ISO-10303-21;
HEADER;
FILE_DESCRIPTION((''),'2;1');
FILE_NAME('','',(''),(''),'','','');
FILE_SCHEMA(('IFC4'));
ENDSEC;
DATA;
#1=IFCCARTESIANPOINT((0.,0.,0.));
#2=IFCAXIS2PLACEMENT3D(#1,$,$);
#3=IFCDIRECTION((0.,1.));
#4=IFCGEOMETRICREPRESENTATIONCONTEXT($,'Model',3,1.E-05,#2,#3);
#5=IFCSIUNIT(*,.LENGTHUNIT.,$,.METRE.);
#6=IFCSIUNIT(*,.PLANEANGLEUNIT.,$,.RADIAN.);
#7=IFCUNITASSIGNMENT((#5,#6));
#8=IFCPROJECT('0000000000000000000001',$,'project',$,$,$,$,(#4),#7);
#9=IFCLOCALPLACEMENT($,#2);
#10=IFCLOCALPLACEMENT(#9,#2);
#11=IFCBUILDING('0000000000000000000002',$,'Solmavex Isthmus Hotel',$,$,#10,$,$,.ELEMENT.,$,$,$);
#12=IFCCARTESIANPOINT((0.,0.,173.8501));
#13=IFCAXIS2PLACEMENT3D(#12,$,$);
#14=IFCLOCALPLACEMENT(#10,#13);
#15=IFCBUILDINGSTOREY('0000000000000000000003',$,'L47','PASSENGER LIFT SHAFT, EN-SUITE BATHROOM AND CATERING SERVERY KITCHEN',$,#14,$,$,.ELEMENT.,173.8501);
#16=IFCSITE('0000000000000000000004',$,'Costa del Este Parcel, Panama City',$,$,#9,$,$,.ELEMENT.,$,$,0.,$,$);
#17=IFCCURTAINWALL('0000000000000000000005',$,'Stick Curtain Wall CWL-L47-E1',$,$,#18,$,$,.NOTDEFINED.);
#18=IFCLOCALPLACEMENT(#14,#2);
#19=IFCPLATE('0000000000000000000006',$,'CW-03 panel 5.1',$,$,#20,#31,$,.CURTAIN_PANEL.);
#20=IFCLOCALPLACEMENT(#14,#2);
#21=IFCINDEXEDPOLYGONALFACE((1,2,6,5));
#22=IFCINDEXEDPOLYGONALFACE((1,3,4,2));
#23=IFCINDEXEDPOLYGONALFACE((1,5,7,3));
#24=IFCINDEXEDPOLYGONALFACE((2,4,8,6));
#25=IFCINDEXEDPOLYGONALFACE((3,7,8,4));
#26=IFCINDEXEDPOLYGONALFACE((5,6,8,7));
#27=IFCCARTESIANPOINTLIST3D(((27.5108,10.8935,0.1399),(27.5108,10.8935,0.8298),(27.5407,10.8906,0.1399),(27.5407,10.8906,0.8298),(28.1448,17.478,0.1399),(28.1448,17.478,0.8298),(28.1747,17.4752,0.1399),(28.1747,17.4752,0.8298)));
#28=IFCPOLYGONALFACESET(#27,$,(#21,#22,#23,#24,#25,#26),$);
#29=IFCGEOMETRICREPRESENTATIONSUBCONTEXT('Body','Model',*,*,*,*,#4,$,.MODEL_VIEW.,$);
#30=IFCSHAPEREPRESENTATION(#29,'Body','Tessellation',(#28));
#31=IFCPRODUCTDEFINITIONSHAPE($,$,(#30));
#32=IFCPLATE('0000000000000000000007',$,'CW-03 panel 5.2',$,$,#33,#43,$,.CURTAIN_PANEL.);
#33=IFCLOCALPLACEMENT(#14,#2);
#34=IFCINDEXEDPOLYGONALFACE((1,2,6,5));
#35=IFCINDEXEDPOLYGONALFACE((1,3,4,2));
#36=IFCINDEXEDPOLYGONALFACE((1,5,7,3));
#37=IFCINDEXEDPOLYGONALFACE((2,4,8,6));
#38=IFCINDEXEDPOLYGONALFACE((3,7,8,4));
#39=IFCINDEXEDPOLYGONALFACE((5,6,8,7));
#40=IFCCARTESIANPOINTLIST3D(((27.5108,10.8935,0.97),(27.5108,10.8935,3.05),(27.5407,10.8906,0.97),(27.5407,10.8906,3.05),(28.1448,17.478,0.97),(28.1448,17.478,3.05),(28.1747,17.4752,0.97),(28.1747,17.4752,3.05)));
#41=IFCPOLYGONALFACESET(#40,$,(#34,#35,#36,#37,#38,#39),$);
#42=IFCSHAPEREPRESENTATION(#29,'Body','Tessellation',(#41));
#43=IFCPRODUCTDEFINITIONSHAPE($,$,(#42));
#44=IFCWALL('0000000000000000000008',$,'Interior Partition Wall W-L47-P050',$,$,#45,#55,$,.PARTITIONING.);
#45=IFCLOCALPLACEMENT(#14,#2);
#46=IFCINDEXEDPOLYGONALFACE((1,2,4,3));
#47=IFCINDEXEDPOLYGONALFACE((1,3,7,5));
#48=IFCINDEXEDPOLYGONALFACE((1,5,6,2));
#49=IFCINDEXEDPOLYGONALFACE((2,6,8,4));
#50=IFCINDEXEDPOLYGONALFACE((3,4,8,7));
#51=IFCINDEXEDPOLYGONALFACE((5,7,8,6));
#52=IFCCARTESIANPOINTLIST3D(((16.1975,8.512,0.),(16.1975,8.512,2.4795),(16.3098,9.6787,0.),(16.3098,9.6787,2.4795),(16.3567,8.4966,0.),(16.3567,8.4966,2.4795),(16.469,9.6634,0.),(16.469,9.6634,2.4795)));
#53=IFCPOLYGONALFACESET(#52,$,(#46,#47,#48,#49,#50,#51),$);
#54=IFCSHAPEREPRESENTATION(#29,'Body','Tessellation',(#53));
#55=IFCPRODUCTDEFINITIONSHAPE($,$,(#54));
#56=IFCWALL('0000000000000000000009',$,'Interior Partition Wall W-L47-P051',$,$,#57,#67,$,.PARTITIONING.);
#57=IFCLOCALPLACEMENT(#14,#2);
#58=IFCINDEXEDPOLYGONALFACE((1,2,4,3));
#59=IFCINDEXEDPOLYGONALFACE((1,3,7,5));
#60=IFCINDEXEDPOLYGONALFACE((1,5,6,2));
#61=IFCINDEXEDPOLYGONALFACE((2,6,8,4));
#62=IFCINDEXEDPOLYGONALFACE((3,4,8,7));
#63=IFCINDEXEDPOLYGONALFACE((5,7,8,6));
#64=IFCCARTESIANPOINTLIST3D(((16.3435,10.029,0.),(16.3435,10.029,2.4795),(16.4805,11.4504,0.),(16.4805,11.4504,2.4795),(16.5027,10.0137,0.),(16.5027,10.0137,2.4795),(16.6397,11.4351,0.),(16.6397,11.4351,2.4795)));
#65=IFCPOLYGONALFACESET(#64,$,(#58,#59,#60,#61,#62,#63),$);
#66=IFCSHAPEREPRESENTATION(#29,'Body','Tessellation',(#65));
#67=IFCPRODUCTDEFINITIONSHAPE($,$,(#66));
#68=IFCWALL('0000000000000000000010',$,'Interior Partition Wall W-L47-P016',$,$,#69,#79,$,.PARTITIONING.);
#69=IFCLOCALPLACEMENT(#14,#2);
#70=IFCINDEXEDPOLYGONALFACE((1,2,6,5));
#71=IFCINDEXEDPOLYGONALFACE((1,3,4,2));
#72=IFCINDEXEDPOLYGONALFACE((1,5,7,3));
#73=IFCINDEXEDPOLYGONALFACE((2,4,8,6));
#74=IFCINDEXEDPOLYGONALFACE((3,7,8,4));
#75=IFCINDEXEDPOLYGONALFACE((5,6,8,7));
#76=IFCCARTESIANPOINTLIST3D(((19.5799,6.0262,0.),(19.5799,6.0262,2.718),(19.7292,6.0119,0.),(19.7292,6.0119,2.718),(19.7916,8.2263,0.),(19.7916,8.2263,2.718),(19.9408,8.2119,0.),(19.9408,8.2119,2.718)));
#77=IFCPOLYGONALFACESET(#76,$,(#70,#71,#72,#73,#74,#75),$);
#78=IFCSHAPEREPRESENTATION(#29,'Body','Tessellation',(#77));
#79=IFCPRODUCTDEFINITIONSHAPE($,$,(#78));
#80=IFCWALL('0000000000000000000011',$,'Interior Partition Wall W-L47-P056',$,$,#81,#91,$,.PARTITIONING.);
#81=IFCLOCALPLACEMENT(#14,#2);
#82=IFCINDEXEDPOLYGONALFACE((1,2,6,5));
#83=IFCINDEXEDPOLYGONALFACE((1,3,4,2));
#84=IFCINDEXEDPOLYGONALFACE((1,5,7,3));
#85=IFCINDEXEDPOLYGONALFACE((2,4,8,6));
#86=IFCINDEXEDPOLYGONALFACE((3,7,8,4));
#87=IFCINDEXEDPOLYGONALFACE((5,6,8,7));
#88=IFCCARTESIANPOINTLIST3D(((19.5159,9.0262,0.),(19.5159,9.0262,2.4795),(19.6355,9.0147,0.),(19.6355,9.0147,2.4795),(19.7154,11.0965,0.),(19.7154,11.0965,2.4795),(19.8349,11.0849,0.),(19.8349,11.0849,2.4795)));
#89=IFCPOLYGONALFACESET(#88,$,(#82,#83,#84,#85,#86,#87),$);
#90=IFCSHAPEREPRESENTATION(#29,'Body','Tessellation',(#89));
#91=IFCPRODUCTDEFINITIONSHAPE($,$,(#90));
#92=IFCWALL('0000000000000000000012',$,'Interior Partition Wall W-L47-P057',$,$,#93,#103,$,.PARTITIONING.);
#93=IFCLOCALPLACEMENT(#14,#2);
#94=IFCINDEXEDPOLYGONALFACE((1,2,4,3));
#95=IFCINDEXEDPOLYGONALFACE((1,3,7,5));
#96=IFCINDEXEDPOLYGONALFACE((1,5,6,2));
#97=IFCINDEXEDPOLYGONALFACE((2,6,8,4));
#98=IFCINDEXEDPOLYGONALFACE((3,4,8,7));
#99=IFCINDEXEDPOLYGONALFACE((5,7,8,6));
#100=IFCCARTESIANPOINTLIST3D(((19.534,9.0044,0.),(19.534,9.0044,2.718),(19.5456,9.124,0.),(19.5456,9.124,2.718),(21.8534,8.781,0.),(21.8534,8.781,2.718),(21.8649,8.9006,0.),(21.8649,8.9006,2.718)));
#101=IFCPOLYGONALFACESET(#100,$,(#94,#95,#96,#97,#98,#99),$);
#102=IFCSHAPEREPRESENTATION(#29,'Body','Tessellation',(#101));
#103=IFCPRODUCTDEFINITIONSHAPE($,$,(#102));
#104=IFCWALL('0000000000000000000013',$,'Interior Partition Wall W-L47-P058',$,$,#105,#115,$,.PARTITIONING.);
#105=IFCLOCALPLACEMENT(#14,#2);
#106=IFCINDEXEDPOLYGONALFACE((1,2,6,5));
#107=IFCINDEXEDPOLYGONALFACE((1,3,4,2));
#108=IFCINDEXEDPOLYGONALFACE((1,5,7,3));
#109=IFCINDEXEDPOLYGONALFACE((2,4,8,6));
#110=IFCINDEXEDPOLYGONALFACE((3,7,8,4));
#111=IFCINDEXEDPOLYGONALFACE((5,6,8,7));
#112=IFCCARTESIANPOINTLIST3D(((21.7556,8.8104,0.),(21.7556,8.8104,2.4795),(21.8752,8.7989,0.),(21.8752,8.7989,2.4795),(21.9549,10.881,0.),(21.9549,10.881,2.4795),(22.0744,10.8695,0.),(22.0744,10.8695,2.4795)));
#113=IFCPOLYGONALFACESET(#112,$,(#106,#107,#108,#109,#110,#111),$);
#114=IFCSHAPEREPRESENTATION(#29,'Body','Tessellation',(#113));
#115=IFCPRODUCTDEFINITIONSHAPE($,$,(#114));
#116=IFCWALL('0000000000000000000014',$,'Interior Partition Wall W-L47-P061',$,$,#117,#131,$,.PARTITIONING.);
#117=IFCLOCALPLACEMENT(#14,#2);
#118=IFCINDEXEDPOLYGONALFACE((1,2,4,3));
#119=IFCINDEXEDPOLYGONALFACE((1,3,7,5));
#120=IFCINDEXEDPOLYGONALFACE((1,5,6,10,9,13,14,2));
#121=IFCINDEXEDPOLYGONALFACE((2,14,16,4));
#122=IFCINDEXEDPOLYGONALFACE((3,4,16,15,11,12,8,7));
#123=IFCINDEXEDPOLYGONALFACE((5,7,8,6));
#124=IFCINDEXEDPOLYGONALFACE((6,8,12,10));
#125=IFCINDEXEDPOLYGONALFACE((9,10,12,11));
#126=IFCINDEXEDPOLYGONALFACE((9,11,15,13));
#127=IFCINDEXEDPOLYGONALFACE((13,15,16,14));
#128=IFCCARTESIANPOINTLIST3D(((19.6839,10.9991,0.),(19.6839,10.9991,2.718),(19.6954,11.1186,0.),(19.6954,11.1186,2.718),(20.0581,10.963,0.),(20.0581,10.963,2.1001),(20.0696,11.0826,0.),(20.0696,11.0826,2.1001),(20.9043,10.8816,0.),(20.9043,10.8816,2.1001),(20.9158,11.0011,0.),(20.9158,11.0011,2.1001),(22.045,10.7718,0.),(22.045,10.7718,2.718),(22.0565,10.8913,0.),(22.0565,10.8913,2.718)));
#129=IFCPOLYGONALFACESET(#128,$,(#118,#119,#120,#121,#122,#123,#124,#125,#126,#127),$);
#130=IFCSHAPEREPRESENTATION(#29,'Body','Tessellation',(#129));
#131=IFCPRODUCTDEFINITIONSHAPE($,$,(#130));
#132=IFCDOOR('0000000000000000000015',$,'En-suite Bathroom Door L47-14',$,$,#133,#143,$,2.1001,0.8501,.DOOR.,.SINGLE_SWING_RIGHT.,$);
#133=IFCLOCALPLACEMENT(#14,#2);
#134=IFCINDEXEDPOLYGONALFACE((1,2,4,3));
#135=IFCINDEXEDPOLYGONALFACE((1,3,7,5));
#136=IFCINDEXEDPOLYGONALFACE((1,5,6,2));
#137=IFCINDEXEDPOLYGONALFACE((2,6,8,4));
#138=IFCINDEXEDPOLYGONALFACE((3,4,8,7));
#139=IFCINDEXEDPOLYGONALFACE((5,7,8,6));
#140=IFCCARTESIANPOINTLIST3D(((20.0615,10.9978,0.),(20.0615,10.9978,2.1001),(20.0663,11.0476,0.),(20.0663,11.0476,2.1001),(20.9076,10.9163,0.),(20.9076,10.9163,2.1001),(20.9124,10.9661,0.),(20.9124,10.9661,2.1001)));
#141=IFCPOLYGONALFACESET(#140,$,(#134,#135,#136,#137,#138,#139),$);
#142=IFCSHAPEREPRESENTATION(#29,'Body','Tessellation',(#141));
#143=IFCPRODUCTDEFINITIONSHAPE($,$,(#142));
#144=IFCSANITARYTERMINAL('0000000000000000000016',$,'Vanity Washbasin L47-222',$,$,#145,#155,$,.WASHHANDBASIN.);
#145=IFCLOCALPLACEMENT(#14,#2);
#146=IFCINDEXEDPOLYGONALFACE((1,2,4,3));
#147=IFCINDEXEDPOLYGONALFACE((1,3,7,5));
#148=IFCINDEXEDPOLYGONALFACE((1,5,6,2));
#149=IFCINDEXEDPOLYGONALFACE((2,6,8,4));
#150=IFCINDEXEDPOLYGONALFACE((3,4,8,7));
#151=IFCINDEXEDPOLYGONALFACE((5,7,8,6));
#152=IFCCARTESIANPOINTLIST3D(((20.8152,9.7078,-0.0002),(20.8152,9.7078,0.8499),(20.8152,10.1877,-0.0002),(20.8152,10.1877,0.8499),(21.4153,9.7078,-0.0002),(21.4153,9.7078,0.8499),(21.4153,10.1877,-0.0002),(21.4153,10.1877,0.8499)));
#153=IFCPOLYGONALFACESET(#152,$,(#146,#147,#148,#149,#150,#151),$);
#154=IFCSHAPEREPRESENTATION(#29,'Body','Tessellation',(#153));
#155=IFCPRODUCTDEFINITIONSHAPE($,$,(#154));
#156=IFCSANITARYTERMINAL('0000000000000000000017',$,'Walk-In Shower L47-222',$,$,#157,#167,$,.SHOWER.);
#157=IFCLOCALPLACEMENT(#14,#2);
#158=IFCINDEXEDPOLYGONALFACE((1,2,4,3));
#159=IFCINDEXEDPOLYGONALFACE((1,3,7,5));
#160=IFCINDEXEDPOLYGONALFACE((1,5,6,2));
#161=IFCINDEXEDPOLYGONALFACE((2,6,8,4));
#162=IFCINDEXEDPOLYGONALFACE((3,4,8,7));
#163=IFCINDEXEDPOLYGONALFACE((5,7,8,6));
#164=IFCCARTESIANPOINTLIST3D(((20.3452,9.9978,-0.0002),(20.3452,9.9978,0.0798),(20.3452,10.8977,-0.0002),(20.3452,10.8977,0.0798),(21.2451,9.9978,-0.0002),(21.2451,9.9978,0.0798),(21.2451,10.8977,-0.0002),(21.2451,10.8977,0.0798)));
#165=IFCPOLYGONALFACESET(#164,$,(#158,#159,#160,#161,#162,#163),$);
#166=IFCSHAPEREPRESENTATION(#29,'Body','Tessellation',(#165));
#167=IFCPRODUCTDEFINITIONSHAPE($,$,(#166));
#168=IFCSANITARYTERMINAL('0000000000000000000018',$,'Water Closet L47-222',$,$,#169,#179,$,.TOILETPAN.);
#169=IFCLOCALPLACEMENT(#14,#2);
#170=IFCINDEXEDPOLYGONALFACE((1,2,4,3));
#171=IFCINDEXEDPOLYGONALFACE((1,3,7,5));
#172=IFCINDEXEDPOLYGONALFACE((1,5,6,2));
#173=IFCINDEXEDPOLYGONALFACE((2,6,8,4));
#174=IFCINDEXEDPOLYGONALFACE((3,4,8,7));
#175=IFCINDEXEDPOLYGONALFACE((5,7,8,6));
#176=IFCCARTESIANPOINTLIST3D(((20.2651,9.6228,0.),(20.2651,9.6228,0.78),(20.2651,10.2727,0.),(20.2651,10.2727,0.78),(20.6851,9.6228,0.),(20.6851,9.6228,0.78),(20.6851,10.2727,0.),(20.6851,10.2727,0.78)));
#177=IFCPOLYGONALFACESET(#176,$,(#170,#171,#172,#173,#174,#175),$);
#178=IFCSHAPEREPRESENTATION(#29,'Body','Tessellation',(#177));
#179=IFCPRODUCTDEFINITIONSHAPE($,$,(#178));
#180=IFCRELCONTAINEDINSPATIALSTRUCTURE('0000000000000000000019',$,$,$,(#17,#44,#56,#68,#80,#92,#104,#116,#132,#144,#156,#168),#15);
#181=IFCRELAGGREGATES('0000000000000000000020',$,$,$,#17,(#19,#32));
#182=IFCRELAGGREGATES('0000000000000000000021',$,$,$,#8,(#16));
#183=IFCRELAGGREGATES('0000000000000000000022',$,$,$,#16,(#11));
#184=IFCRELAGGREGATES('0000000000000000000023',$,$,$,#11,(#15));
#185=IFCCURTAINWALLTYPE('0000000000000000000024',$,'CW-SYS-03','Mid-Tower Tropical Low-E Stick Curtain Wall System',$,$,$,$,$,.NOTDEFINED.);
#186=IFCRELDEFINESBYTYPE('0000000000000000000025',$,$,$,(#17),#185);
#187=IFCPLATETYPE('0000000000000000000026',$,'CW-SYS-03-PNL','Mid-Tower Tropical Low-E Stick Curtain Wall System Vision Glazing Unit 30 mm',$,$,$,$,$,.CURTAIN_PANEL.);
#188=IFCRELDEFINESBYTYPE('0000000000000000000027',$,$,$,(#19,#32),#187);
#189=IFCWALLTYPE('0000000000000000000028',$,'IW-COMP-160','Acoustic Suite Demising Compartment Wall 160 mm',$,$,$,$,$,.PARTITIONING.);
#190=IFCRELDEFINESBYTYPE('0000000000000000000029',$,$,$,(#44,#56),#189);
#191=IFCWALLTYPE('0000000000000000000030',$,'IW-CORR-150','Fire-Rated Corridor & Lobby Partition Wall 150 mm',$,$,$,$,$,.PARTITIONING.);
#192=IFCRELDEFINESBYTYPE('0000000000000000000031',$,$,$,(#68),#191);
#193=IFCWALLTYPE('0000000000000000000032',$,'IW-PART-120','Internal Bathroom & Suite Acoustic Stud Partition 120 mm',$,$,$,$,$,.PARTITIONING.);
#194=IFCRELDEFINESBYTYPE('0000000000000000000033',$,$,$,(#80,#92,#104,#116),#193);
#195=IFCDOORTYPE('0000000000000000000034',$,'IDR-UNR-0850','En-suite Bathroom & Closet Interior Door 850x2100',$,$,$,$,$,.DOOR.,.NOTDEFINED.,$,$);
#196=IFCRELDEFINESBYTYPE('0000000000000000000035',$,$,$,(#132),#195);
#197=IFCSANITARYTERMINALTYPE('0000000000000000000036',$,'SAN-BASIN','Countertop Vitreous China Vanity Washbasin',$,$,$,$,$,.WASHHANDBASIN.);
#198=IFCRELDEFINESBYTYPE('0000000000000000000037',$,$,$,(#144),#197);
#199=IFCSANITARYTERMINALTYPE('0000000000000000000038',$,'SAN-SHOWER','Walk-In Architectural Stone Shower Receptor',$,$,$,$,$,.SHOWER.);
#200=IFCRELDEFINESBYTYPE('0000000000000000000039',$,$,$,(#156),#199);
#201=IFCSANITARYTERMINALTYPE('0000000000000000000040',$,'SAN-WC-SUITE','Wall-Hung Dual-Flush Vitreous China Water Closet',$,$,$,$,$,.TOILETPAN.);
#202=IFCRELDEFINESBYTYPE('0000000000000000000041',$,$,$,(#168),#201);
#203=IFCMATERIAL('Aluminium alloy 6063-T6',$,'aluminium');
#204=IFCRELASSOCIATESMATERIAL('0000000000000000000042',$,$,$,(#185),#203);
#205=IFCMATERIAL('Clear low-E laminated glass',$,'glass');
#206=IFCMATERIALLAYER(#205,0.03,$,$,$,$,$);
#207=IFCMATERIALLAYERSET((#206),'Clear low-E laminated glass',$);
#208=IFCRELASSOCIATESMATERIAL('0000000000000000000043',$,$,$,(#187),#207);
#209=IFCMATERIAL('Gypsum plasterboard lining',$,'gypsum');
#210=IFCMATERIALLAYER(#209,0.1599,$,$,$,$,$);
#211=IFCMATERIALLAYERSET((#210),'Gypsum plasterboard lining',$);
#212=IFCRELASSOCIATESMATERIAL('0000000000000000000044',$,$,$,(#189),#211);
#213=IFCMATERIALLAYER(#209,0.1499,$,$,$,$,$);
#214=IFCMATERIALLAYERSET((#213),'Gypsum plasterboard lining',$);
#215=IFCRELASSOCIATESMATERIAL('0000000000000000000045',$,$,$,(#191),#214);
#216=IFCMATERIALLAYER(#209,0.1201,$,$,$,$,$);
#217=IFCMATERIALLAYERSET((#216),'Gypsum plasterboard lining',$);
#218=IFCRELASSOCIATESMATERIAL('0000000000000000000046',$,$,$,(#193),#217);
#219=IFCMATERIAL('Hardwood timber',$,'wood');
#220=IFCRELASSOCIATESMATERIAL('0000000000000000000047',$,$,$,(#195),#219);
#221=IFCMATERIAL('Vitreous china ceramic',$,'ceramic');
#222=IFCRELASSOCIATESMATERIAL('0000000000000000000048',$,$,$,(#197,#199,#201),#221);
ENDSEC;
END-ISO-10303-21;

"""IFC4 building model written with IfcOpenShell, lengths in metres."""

from ifc_helpers import new_model, si_unit, direction, frame, frame_2d, origin, origin_2d, place, context, subcontext, project, spatial, rectangle, extrude, material, layer, layer_set, type_object, element, fill, aggregate, save


model = new_model("IFC4")

# Units and contexts
model_context = context("Model", 3, precision=1e-05, world=origin(), true_north=direction((0.0, 1.0)))
body_context = subcontext(model_context, "Body", "Model", "MODEL_VIEW")
ifc_project = project(units=[si_unit("LENGTHUNIT", "METRE"), si_unit("PLANEANGLEUNIT", "RADIAN")], contexts=[model_context])

# Site, building, storey
site_placement = place(None, origin())
site = spatial("IfcSite", under=ifc_project, at=site_placement, Name="Costa del Este Parcel, Panama City", CompositionType="ELEMENT", RefElevation=0.0)
building_placement = place(site_placement, origin())
building = spatial("IfcBuilding", under=site, at=building_placement, Name="Solmavex Isthmus Hotel", CompositionType="ELEMENT")
storey_placement = place(building_placement, frame((0.0, 0.0, 173.8501)))
storey = spatial("IfcBuildingStorey", under=building, at=storey_placement, Name="L47", Description="PASSENGER LIFT SHAFT, EN-SUITE BATHROOM AND CATERING SERVERY KITCHEN", CompositionType="ELEMENT", Elevation=173.8501)

# Curtain wall, plates
ifc_material_1 = material(Name="Aluminium alloy 6063-T6", Category="aluminium")
curtain_wall_type = type_object("IfcCurtainWallType", Name="CW-SYS-03", Description="Mid-Tower Tropical Low-E Stick Curtain Wall System", PredefinedType="NOTDEFINED", material=ifc_material_1)
curtain_wall_placement = place(storey_placement, origin())
curtain_wall = element("IfcCurtainWall", 1, at=curtain_wall_placement, inside=storey, type_object=curtain_wall_type, Name="Stick Curtain Wall CWL-L47-E1", PredefinedType="NOTDEFINED")
ifc_material_2 = material(Name="Clear low-E laminated glass", Category="glass")
ifc_layer_1 = layer(ifc_material_2, 0.03)
ifc_layer_set_1 = layer_set([ifc_layer_1], Name="Clear low-E laminated glass")
plate_type = type_object("IfcPlateType", Name="CW-SYS-03-PNL", Description="Mid-Tower Tropical Low-E Stick Curtain Wall System Vision Glazing Unit 30 mm", PredefinedType="CURTAIN_PANEL", material=ifc_layer_set_1)
plate_1_placement = place(storey_placement, frame((27.8428, 14.1843, 0.1399), z_axis=(0.0, 0.0, 1.0), x_axis=(0.095846, 0.995396, 0.0)))
plate_1 = element("IfcPlate", 2, at=plate_1_placement, type_object=plate_type, Name="CW-03 panel 5.1", PredefinedType="CURTAIN_PANEL", context=body_context, shape_type="SweptSolid", body=[
    extrude(rectangle(XDim=6.615, YDim=0.03, at=origin_2d()), origin(), (0.0, 0.0, 1.0), 0.6899),
])
plate_2_placement = place(storey_placement, frame((27.8428, 14.1843, 0.97), z_axis=(0.0, 0.0, 1.0), x_axis=(0.095846, 0.995396, 0.0)))
plate_2 = element("IfcPlate", 3, at=plate_2_placement, type_object=plate_type, Name="CW-03 panel 5.2", PredefinedType="CURTAIN_PANEL", context=body_context, shape_type="SweptSolid", body=[
    extrude(rectangle(XDim=6.615, YDim=0.03, at=origin_2d()), origin(), (0.0, 0.0, 1.0), 2.0801),
])
aggregate(curtain_wall, [plate_1, plate_2])

# Walls
ifc_material_3 = material(Name="Gypsum plasterboard lining", Category="gypsum")
ifc_layer_2 = layer(ifc_material_3, 0.1599)
ifc_layer_set_2 = layer_set([ifc_layer_2], Name="Gypsum plasterboard lining")
wall_type_1 = type_object("IfcWallType", Name="IW-COMP-160", Description="Acoustic Suite Demising Compartment Wall 160 mm", PredefinedType="PARTITIONING", material=ifc_layer_set_2)
wall_1_placement = place(storey_placement, frame((16.3894, 9.6709, 0.0), z_axis=(0.0, 0.0, 1.0), x_axis=(-0.095812, -0.995399, 0.0)))
element("IfcWall", 4, at=wall_1_placement, inside=storey, type_object=wall_type_1, Name="Interior Partition Wall W-L47-P050", PredefinedType="PARTITIONING", context=body_context, shape_type="SweptSolid", body=[
    extrude(rectangle(XDim=1.1721, YDim=0.1599, at=frame_2d((0.5859, 0.0))), origin(), (0.0, 0.0, 1.0), 2.4795),
])
wall_2_placement = place(storey_placement, frame((16.5601, 11.4426, 0.0), z_axis=(0.0, 0.0, 1.0), x_axis=(-0.095914, -0.99539, 0.0)))
element("IfcWall", 5, at=wall_2_placement, inside=storey, type_object=wall_type_1, Name="Interior Partition Wall W-L47-P051", PredefinedType="PARTITIONING", context=body_context, shape_type="SweptSolid", body=[
    extrude(rectangle(XDim=1.428, YDim=0.1599, at=frame_2d((0.7139, 0.0))), origin(), (0.0, 0.0, 1.0), 2.4795),
])

# Shared definitions
ifc_material_4 = material(Name="Hardwood timber", Category="wood")
ifc_layer_3 = layer(ifc_material_3, 0.1499)
ifc_layer_set_3 = layer_set([ifc_layer_3], Name="Gypsum plasterboard lining")
wall_type_2 = type_object("IfcWallType", Name="IW-CORR-150", Description="Fire-Rated Corridor & Lobby Partition Wall 150 mm", PredefinedType="PARTITIONING", material=ifc_layer_set_3)

# Walls
wall_3_placement = place(storey_placement, frame((19.8662, 8.219, 0.0), z_axis=(0.0, 0.0, 1.0), x_axis=(-0.095773, -0.995403, 0.0)))
element("IfcWall", 6, at=wall_3_placement, inside=storey, type_object=wall_type_2, Name="Interior Partition Wall W-L47-P016", PredefinedType="PARTITIONING", context=body_context, shape_type="SweptSolid", body=[
    extrude(rectangle(XDim=2.2102, YDim=0.1499, at=frame_2d((1.105, 0.0))), origin(), (0.0, 0.0, 1.0), 2.718),
])
ifc_layer_4 = layer(ifc_material_3, 0.1201)
ifc_layer_set_4 = layer_set([ifc_layer_4], Name="Gypsum plasterboard lining")
wall_type_3 = type_object("IfcWallType", Name="IW-PART-120", Description="Internal Bathroom & Suite Acoustic Stud Partition 120 mm", PredefinedType="PARTITIONING", material=ifc_layer_set_4)
wall_4_placement = place(storey_placement, frame((19.7751, 11.0908, 0.0), z_axis=(0.0, 0.0, 1.0), x_axis=(-0.0959, -0.995391, 0.0)))
element("IfcWall", 7, at=wall_4_placement, inside=storey, type_object=wall_type_3, Name="Interior Partition Wall W-L47-P056", PredefinedType="PARTITIONING", context=body_context, shape_type="SweptSolid", body=[
    extrude(rectangle(XDim=2.0798, YDim=0.1201, at=frame_2d((1.04, 0.0))), origin(), (0.0, 0.0, 1.0), 2.4795),
])
wall_5_placement = place(storey_placement, frame((19.5398, 9.0642, 0.0), z_axis=(0.0, 0.0, 1.0), x_axis=(0.995394, -0.095872, 0.0)))
element("IfcWall", 8, at=wall_5_placement, inside=storey, type_object=wall_type_3, Name="Interior Partition Wall W-L47-P057", PredefinedType="PARTITIONING", context=body_context, shape_type="SweptSolid", body=[
    extrude(rectangle(XDim=2.3301, YDim=0.1201, at=frame_2d((1.165, 0.0))), origin(), (0.0, 0.0, 1.0), 2.718),
])
wall_6_placement = place(storey_placement, frame((21.8154, 8.8047, 0.0), z_axis=(0.0, 0.0, 1.0), x_axis=(0.095773, 0.995403, 0.0)))
element("IfcWall", 9, at=wall_6_placement, inside=storey, type_object=wall_type_3, Name="Interior Partition Wall W-L47-P058", PredefinedType="PARTITIONING", context=body_context, shape_type="SweptSolid", body=[
    extrude(rectangle(XDim=2.0801, YDim=0.1201, at=frame_2d((1.04, 0.0))), origin(), (0.0, 0.0, 1.0), 2.4795),
])

# Wall, opening, door
wall_7_placement = place(storey_placement, frame((22.0508, 10.8315, 0.0), z_axis=(0.0, 0.0, 1.0), x_axis=(-0.995398, 0.095824, 0.0)))
wall_7 = element("IfcWall", 10, at=wall_7_placement, inside=storey, type_object=wall_type_3, Name="Interior Partition Wall W-L47-P061", PredefinedType="PARTITIONING", context=body_context, shape_type="SweptSolid", body=[
    extrude(rectangle(XDim=2.3721, YDim=0.1201, at=frame_2d((1.186, 0.0))), origin(), (0.0, 0.0, 1.0), 2.718),
])
opening_1_placement = place(wall_7_placement, frame((1.146, 0.0, 0.0)))
opening_1 = element("IfcOpeningElement", 11, at=opening_1_placement, cuts=wall_7, PredefinedType="OPENING", context=body_context, shape_type="SweptSolid", body=[
    extrude(rectangle(XDim=0.8501, YDim=2.1001, at=frame_2d((0.425, 1.05))), frame((0.0, 0.0701, 0.0), z_axis=(0.0, -1.0, 0.0), x_axis=(1.0, 0.0, 0.0)), (0.0, 0.0, 1.0), 0.1401),
])
door_type_1 = type_object("IfcDoorType", Name="IDR-UNR-0850", Description="En-suite Bathroom & Closet Interior Door 850x2100", OperationType="NOTDEFINED", PredefinedType="DOOR", material=ifc_material_4)
door_1_placement = place(opening_1_placement, frame((0.8501, 0.0, 0.0), z_axis=(0.0, 0.0, 1.0), x_axis=(-1.0, 0.0, 0.0)))
door_1 = element("IfcDoor", 12, at=door_1_placement, inside=storey, type_object=door_type_1, Name="En-suite Bathroom Door L47-14", OperationType="SINGLE_SWING_RIGHT", OverallHeight=2.1001, OverallWidth=0.8501, PredefinedType="DOOR", context=body_context, shape_type="SweptSolid", body=[
    extrude(rectangle(XDim=0.8501, YDim=2.1001, at=frame_2d((0.425, 1.05))), frame((0.0, 0.0249, 0.0), z_axis=(0.0, -1.0, 0.0), x_axis=(1.0, 0.0, 0.0)), (0.0, 0.0, 1.0), 0.05),
])
fill(opening_1, door_1)

# Sanitary terminals
ifc_material_5 = material(Name="Vitreous china ceramic", Category="ceramic")
sanitary_terminal_type_1 = type_object("IfcSanitaryTerminalType", Name="SAN-BASIN", Description="Countertop Vitreous China Vanity Washbasin", PredefinedType="WASHHANDBASIN", material=ifc_material_5)
sanitary_terminal_1_placement = place(storey_placement, frame((21.1152, 9.9478, -0.0002), z_axis=(0.0, 0.0, 1.0), x_axis=(1.0, 0.0, 0.0)))
element("IfcSanitaryTerminal", 13, at=sanitary_terminal_1_placement, inside=storey, type_object=sanitary_terminal_type_1, Name="Vanity Washbasin L47-222", PredefinedType="WASHHANDBASIN", context=body_context, shape_type="SweptSolid", body=[
    extrude(rectangle(XDim=0.6001, YDim=0.48, at=origin_2d()), origin(), (0.0, 0.0, 1.0), 0.8501),
])
sanitary_terminal_type_2 = type_object("IfcSanitaryTerminalType", Name="SAN-SHOWER", Description="Walk-In Architectural Stone Shower Receptor", PredefinedType="SHOWER", material=ifc_material_5)
sanitary_terminal_2_placement = place(storey_placement, frame((20.7952, 10.4478, -0.0002), z_axis=(0.0, 0.0, 1.0), x_axis=(1.0, 0.0, 0.0)))
element("IfcSanitaryTerminal", 14, at=sanitary_terminal_2_placement, inside=storey, type_object=sanitary_terminal_type_2, Name="Walk-In Shower L47-222", PredefinedType="SHOWER", context=body_context, shape_type="SweptSolid", body=[
    extrude(rectangle(XDim=0.8999, YDim=0.8999, at=origin_2d()), origin(), (0.0, 0.0, 1.0), 0.0801),
])
sanitary_terminal_type_3 = type_object("IfcSanitaryTerminalType", Name="SAN-WC-SUITE", Description="Wall-Hung Dual-Flush Vitreous China Water Closet", PredefinedType="TOILETPAN", material=ifc_material_5)
sanitary_terminal_3_placement = place(storey_placement, frame((20.4751, 9.9478, 0.0), z_axis=(0.0, 0.0, 1.0), x_axis=(1.0, 0.0, 0.0)))
element("IfcSanitaryTerminal", 15, at=sanitary_terminal_3_placement, inside=storey, type_object=sanitary_terminal_type_3, Name="Water Closet L47-222", PredefinedType="TOILETPAN", context=body_context, shape_type="SweptSolid", body=[
    extrude(rectangle(XDim=0.4199, YDim=0.6499, at=origin_2d()), origin(), (0.0, 0.0, 1.0), 0.78),
])

save(model, "model.ifc")
